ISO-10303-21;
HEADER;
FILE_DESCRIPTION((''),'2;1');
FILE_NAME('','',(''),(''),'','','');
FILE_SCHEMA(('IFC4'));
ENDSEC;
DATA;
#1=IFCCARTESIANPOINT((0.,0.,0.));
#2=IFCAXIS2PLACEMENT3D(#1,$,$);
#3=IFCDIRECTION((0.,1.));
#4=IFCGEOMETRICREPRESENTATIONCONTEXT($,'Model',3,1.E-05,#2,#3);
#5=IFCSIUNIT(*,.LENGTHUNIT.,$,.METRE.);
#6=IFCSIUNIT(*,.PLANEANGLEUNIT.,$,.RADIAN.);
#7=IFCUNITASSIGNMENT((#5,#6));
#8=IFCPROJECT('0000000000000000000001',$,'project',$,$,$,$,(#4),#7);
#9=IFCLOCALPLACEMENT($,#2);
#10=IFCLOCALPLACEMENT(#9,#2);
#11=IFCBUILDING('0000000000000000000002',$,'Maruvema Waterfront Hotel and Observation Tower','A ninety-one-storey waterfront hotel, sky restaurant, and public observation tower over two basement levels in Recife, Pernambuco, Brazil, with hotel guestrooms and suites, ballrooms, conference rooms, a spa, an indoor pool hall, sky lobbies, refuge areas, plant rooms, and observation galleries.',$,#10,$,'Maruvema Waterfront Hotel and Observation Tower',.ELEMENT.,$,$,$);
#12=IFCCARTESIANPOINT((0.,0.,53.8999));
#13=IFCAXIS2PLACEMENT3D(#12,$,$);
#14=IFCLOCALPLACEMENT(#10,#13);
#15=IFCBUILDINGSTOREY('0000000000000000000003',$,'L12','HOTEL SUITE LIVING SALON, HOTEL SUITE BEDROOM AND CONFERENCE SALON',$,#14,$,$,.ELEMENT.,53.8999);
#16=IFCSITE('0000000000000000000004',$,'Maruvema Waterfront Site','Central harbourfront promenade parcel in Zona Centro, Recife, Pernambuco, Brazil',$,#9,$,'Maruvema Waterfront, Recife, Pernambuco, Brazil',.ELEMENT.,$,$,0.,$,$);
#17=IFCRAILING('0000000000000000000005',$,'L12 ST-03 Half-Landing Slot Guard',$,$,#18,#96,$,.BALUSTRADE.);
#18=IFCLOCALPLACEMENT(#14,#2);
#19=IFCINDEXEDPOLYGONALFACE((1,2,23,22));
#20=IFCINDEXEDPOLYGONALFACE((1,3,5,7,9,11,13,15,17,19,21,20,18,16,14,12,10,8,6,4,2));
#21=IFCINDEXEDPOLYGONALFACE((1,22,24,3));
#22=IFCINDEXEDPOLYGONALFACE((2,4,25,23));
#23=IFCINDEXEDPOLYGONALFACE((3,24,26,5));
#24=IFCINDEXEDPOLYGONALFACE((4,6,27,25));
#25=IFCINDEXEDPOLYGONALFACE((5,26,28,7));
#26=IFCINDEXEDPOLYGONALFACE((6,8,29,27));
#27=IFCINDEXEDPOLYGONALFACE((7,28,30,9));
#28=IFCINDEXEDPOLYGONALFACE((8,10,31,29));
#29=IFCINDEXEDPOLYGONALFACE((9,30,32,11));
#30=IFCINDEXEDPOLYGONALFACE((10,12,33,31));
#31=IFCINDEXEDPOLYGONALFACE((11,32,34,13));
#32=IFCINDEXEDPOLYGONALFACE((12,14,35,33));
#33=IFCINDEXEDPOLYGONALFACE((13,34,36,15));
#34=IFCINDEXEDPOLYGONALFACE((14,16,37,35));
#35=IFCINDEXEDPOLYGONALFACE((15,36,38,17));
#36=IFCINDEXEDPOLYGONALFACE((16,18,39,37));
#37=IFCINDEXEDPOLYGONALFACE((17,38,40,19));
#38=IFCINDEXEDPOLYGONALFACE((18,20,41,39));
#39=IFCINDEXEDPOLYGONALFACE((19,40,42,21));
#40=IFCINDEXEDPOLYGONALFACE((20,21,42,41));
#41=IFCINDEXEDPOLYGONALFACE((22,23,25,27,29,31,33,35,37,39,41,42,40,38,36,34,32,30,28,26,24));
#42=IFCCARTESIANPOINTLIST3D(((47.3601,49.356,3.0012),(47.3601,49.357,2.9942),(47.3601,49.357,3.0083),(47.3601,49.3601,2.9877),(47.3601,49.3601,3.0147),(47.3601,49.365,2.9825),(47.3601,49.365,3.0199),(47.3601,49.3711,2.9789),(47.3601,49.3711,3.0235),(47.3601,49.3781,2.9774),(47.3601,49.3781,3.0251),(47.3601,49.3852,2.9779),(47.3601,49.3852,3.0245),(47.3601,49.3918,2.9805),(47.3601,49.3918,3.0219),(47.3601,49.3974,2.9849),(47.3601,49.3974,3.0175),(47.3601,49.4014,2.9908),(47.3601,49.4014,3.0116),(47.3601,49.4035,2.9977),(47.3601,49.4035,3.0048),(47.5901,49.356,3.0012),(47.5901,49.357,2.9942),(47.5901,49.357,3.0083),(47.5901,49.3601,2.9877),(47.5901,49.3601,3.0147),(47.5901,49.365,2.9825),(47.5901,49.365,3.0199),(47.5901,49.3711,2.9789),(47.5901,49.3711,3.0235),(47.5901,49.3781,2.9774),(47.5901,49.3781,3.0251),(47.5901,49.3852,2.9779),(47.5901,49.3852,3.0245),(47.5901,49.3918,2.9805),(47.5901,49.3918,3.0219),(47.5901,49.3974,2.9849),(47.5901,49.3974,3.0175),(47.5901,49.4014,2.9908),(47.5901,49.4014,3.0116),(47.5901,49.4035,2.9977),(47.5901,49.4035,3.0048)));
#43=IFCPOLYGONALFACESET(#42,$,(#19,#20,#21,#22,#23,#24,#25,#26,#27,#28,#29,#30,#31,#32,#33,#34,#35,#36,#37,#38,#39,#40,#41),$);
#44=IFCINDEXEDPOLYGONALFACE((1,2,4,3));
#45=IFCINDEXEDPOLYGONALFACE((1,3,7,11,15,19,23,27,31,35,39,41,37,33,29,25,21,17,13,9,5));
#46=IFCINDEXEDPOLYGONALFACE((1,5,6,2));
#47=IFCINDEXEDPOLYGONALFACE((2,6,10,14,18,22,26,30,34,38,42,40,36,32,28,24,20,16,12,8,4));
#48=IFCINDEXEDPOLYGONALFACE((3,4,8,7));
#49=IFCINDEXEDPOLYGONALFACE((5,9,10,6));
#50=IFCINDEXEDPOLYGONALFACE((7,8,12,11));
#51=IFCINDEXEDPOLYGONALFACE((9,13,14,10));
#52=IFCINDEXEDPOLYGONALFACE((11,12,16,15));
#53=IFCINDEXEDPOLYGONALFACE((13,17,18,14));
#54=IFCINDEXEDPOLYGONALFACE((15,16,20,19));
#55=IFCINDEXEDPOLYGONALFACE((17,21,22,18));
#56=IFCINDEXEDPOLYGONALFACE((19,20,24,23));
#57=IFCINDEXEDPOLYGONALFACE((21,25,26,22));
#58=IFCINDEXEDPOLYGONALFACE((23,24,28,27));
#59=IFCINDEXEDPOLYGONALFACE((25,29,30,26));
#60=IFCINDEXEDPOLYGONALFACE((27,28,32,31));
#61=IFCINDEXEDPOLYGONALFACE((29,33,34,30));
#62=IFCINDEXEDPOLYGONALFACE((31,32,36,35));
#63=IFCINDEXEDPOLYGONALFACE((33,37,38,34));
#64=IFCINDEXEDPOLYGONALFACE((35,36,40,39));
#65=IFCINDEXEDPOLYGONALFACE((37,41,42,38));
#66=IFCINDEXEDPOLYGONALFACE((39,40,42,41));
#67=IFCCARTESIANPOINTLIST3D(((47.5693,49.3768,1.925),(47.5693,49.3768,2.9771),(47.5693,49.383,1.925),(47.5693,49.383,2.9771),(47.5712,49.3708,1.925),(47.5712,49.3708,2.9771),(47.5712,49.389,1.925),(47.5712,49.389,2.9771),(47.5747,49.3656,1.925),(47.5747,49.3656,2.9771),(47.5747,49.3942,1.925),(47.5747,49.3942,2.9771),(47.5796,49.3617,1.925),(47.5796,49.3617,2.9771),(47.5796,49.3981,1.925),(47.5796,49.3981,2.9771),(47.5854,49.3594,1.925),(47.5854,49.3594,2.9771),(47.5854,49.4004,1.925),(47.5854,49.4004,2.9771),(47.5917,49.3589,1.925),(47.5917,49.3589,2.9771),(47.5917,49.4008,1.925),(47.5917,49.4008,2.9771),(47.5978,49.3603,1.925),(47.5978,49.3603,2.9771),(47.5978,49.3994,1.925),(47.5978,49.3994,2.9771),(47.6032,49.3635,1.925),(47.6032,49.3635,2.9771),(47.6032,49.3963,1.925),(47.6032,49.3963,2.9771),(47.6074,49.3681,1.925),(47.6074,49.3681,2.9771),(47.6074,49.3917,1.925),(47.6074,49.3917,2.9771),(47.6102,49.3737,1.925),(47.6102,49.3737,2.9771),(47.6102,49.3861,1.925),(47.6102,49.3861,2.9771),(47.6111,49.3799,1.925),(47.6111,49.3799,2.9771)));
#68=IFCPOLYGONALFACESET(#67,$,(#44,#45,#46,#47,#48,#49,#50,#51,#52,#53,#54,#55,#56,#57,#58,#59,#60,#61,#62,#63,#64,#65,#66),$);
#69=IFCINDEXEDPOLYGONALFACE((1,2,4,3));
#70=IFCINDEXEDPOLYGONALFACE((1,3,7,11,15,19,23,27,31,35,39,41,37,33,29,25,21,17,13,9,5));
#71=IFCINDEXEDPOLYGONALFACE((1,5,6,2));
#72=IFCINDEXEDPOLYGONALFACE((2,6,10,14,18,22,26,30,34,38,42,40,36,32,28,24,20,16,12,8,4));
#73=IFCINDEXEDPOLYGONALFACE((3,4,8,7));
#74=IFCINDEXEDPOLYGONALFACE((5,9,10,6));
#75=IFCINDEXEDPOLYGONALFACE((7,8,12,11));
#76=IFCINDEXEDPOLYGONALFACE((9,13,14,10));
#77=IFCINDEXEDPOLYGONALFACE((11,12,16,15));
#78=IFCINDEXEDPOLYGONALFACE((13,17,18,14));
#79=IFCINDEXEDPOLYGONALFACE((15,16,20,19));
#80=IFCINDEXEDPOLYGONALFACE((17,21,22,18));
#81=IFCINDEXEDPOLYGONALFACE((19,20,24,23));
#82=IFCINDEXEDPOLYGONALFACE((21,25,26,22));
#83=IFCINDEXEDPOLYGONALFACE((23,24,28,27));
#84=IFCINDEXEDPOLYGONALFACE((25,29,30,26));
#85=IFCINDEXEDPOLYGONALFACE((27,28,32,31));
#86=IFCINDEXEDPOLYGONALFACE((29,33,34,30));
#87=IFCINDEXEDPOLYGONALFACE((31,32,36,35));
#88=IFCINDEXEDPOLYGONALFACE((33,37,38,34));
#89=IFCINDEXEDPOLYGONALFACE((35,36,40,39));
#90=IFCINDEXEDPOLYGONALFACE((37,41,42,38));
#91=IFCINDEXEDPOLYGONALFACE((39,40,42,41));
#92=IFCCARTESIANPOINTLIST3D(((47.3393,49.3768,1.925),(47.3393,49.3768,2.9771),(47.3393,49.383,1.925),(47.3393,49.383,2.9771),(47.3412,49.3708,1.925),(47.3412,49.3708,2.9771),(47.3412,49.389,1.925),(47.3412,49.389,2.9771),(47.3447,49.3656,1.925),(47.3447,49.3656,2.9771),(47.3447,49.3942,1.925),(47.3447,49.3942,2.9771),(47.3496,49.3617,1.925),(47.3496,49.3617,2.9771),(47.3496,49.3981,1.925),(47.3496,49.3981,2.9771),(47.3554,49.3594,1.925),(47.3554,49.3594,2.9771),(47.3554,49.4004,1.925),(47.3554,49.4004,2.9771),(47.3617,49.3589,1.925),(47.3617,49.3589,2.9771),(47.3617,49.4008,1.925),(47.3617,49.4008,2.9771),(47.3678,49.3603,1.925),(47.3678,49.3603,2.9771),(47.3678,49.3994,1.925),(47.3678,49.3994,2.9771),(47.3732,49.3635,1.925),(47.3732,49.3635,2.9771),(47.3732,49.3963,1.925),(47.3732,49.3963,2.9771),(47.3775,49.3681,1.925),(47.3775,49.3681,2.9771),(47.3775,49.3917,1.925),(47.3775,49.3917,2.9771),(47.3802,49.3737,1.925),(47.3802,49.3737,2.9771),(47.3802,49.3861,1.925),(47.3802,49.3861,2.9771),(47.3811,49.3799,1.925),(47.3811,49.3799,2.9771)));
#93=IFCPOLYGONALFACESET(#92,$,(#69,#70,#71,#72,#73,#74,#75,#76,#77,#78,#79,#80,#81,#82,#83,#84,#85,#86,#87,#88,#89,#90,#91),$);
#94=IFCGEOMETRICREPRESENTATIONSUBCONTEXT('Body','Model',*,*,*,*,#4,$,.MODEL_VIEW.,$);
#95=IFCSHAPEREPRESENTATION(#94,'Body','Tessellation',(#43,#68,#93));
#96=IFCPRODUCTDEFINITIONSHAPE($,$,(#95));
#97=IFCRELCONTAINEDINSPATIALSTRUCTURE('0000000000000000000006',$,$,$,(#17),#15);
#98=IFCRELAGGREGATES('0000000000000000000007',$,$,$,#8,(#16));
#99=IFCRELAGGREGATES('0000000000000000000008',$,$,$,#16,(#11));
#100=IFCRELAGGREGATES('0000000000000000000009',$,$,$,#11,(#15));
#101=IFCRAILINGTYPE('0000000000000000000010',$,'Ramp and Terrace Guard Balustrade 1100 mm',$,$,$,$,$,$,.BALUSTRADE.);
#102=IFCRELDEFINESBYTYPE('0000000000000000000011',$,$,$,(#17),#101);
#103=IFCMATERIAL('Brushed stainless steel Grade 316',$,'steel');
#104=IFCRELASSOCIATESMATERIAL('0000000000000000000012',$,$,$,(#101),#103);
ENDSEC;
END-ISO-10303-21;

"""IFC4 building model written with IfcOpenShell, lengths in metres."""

from ifc_helpers import new_model, si_unit, direction, frame, origin, origin_2d, place, context, subcontext, project, spatial, circle, extrude, material, type_object, element, save


model = new_model("IFC4")

# Units and contexts
model_context = context("Model", 3, precision=1e-05, world=origin(), true_north=direction((0.0, 1.0)))
body_context = subcontext(model_context, "Body", "Model", "MODEL_VIEW")
ifc_project = project(units=[si_unit("LENGTHUNIT", "METRE"), si_unit("PLANEANGLEUNIT", "RADIAN")], contexts=[model_context])

# Site, building, storey
site_placement = place(None, origin())
site = spatial("IfcSite", under=ifc_project, at=site_placement, Name="Maruvema Waterfront Site", Description="Central harbourfront promenade parcel in Zona Centro, Recife, Pernambuco, Brazil", LongName="Maruvema Waterfront, Recife, Pernambuco, Brazil", CompositionType="ELEMENT", RefElevation=0.0)
building_placement = place(site_placement, origin())
building = spatial("IfcBuilding", under=site, at=building_placement, Name="Maruvema Waterfront Hotel and Observation Tower", Description="A ninety-one-storey waterfront hotel, sky restaurant, and public observation tower over two basement levels in Recife, Pernambuco, Brazil, with hotel guestrooms and suites, ballrooms, conference rooms, a spa, an indoor pool hall, sky lobbies, refuge areas, plant rooms, and observation galleries.", LongName="Maruvema Waterfront Hotel and Observation Tower", CompositionType="ELEMENT")
storey_placement = place(building_placement, frame((0.0, 0.0, 53.8999)))
storey = spatial("IfcBuildingStorey", under=building, at=storey_placement, Name="L12", Description="HOTEL SUITE LIVING SALON, HOTEL SUITE BEDROOM AND CONFERENCE SALON", CompositionType="ELEMENT", Elevation=53.8999)

# Railing
ifc_material_1 = material(Name="Brushed stainless steel Grade 316", Category="steel")
railing_type_1 = type_object("IfcRailingType", Name="Ramp and Terrace Guard Balustrade 1100 mm", PredefinedType="BALUSTRADE", material=ifc_material_1)
railing_1_placement = place(storey_placement, frame((47.5901, 49.3799, 1.925)))
element("IfcRailing", 1, at=railing_1_placement, inside=storey, type_object=railing_type_1, Name="L12 ST-03 Half-Landing Slot Guard", PredefinedType="BALUSTRADE", context=body_context, shape_type="SweptSolid", body=[
    extrude(circle(Radius=0.0239, at=origin_2d()), frame((0.0, 0.0, 1.0762), z_axis=(-1.0, 0.0, 0.0), x_axis=(0.0, -1.0, 0.0)), (0.0, 0.0, 1.0), 0.23),
    extrude(circle(Radius=0.021, at=origin_2d()), origin(), (0.0, 0.0, 1.0), 1.052),
    extrude(circle(Radius=0.021, at=origin_2d()), frame((-0.23, 0.0, 0.0)), (0.0, 0.0, 1.0), 1.052),
])

save(model, "model.ifc")
